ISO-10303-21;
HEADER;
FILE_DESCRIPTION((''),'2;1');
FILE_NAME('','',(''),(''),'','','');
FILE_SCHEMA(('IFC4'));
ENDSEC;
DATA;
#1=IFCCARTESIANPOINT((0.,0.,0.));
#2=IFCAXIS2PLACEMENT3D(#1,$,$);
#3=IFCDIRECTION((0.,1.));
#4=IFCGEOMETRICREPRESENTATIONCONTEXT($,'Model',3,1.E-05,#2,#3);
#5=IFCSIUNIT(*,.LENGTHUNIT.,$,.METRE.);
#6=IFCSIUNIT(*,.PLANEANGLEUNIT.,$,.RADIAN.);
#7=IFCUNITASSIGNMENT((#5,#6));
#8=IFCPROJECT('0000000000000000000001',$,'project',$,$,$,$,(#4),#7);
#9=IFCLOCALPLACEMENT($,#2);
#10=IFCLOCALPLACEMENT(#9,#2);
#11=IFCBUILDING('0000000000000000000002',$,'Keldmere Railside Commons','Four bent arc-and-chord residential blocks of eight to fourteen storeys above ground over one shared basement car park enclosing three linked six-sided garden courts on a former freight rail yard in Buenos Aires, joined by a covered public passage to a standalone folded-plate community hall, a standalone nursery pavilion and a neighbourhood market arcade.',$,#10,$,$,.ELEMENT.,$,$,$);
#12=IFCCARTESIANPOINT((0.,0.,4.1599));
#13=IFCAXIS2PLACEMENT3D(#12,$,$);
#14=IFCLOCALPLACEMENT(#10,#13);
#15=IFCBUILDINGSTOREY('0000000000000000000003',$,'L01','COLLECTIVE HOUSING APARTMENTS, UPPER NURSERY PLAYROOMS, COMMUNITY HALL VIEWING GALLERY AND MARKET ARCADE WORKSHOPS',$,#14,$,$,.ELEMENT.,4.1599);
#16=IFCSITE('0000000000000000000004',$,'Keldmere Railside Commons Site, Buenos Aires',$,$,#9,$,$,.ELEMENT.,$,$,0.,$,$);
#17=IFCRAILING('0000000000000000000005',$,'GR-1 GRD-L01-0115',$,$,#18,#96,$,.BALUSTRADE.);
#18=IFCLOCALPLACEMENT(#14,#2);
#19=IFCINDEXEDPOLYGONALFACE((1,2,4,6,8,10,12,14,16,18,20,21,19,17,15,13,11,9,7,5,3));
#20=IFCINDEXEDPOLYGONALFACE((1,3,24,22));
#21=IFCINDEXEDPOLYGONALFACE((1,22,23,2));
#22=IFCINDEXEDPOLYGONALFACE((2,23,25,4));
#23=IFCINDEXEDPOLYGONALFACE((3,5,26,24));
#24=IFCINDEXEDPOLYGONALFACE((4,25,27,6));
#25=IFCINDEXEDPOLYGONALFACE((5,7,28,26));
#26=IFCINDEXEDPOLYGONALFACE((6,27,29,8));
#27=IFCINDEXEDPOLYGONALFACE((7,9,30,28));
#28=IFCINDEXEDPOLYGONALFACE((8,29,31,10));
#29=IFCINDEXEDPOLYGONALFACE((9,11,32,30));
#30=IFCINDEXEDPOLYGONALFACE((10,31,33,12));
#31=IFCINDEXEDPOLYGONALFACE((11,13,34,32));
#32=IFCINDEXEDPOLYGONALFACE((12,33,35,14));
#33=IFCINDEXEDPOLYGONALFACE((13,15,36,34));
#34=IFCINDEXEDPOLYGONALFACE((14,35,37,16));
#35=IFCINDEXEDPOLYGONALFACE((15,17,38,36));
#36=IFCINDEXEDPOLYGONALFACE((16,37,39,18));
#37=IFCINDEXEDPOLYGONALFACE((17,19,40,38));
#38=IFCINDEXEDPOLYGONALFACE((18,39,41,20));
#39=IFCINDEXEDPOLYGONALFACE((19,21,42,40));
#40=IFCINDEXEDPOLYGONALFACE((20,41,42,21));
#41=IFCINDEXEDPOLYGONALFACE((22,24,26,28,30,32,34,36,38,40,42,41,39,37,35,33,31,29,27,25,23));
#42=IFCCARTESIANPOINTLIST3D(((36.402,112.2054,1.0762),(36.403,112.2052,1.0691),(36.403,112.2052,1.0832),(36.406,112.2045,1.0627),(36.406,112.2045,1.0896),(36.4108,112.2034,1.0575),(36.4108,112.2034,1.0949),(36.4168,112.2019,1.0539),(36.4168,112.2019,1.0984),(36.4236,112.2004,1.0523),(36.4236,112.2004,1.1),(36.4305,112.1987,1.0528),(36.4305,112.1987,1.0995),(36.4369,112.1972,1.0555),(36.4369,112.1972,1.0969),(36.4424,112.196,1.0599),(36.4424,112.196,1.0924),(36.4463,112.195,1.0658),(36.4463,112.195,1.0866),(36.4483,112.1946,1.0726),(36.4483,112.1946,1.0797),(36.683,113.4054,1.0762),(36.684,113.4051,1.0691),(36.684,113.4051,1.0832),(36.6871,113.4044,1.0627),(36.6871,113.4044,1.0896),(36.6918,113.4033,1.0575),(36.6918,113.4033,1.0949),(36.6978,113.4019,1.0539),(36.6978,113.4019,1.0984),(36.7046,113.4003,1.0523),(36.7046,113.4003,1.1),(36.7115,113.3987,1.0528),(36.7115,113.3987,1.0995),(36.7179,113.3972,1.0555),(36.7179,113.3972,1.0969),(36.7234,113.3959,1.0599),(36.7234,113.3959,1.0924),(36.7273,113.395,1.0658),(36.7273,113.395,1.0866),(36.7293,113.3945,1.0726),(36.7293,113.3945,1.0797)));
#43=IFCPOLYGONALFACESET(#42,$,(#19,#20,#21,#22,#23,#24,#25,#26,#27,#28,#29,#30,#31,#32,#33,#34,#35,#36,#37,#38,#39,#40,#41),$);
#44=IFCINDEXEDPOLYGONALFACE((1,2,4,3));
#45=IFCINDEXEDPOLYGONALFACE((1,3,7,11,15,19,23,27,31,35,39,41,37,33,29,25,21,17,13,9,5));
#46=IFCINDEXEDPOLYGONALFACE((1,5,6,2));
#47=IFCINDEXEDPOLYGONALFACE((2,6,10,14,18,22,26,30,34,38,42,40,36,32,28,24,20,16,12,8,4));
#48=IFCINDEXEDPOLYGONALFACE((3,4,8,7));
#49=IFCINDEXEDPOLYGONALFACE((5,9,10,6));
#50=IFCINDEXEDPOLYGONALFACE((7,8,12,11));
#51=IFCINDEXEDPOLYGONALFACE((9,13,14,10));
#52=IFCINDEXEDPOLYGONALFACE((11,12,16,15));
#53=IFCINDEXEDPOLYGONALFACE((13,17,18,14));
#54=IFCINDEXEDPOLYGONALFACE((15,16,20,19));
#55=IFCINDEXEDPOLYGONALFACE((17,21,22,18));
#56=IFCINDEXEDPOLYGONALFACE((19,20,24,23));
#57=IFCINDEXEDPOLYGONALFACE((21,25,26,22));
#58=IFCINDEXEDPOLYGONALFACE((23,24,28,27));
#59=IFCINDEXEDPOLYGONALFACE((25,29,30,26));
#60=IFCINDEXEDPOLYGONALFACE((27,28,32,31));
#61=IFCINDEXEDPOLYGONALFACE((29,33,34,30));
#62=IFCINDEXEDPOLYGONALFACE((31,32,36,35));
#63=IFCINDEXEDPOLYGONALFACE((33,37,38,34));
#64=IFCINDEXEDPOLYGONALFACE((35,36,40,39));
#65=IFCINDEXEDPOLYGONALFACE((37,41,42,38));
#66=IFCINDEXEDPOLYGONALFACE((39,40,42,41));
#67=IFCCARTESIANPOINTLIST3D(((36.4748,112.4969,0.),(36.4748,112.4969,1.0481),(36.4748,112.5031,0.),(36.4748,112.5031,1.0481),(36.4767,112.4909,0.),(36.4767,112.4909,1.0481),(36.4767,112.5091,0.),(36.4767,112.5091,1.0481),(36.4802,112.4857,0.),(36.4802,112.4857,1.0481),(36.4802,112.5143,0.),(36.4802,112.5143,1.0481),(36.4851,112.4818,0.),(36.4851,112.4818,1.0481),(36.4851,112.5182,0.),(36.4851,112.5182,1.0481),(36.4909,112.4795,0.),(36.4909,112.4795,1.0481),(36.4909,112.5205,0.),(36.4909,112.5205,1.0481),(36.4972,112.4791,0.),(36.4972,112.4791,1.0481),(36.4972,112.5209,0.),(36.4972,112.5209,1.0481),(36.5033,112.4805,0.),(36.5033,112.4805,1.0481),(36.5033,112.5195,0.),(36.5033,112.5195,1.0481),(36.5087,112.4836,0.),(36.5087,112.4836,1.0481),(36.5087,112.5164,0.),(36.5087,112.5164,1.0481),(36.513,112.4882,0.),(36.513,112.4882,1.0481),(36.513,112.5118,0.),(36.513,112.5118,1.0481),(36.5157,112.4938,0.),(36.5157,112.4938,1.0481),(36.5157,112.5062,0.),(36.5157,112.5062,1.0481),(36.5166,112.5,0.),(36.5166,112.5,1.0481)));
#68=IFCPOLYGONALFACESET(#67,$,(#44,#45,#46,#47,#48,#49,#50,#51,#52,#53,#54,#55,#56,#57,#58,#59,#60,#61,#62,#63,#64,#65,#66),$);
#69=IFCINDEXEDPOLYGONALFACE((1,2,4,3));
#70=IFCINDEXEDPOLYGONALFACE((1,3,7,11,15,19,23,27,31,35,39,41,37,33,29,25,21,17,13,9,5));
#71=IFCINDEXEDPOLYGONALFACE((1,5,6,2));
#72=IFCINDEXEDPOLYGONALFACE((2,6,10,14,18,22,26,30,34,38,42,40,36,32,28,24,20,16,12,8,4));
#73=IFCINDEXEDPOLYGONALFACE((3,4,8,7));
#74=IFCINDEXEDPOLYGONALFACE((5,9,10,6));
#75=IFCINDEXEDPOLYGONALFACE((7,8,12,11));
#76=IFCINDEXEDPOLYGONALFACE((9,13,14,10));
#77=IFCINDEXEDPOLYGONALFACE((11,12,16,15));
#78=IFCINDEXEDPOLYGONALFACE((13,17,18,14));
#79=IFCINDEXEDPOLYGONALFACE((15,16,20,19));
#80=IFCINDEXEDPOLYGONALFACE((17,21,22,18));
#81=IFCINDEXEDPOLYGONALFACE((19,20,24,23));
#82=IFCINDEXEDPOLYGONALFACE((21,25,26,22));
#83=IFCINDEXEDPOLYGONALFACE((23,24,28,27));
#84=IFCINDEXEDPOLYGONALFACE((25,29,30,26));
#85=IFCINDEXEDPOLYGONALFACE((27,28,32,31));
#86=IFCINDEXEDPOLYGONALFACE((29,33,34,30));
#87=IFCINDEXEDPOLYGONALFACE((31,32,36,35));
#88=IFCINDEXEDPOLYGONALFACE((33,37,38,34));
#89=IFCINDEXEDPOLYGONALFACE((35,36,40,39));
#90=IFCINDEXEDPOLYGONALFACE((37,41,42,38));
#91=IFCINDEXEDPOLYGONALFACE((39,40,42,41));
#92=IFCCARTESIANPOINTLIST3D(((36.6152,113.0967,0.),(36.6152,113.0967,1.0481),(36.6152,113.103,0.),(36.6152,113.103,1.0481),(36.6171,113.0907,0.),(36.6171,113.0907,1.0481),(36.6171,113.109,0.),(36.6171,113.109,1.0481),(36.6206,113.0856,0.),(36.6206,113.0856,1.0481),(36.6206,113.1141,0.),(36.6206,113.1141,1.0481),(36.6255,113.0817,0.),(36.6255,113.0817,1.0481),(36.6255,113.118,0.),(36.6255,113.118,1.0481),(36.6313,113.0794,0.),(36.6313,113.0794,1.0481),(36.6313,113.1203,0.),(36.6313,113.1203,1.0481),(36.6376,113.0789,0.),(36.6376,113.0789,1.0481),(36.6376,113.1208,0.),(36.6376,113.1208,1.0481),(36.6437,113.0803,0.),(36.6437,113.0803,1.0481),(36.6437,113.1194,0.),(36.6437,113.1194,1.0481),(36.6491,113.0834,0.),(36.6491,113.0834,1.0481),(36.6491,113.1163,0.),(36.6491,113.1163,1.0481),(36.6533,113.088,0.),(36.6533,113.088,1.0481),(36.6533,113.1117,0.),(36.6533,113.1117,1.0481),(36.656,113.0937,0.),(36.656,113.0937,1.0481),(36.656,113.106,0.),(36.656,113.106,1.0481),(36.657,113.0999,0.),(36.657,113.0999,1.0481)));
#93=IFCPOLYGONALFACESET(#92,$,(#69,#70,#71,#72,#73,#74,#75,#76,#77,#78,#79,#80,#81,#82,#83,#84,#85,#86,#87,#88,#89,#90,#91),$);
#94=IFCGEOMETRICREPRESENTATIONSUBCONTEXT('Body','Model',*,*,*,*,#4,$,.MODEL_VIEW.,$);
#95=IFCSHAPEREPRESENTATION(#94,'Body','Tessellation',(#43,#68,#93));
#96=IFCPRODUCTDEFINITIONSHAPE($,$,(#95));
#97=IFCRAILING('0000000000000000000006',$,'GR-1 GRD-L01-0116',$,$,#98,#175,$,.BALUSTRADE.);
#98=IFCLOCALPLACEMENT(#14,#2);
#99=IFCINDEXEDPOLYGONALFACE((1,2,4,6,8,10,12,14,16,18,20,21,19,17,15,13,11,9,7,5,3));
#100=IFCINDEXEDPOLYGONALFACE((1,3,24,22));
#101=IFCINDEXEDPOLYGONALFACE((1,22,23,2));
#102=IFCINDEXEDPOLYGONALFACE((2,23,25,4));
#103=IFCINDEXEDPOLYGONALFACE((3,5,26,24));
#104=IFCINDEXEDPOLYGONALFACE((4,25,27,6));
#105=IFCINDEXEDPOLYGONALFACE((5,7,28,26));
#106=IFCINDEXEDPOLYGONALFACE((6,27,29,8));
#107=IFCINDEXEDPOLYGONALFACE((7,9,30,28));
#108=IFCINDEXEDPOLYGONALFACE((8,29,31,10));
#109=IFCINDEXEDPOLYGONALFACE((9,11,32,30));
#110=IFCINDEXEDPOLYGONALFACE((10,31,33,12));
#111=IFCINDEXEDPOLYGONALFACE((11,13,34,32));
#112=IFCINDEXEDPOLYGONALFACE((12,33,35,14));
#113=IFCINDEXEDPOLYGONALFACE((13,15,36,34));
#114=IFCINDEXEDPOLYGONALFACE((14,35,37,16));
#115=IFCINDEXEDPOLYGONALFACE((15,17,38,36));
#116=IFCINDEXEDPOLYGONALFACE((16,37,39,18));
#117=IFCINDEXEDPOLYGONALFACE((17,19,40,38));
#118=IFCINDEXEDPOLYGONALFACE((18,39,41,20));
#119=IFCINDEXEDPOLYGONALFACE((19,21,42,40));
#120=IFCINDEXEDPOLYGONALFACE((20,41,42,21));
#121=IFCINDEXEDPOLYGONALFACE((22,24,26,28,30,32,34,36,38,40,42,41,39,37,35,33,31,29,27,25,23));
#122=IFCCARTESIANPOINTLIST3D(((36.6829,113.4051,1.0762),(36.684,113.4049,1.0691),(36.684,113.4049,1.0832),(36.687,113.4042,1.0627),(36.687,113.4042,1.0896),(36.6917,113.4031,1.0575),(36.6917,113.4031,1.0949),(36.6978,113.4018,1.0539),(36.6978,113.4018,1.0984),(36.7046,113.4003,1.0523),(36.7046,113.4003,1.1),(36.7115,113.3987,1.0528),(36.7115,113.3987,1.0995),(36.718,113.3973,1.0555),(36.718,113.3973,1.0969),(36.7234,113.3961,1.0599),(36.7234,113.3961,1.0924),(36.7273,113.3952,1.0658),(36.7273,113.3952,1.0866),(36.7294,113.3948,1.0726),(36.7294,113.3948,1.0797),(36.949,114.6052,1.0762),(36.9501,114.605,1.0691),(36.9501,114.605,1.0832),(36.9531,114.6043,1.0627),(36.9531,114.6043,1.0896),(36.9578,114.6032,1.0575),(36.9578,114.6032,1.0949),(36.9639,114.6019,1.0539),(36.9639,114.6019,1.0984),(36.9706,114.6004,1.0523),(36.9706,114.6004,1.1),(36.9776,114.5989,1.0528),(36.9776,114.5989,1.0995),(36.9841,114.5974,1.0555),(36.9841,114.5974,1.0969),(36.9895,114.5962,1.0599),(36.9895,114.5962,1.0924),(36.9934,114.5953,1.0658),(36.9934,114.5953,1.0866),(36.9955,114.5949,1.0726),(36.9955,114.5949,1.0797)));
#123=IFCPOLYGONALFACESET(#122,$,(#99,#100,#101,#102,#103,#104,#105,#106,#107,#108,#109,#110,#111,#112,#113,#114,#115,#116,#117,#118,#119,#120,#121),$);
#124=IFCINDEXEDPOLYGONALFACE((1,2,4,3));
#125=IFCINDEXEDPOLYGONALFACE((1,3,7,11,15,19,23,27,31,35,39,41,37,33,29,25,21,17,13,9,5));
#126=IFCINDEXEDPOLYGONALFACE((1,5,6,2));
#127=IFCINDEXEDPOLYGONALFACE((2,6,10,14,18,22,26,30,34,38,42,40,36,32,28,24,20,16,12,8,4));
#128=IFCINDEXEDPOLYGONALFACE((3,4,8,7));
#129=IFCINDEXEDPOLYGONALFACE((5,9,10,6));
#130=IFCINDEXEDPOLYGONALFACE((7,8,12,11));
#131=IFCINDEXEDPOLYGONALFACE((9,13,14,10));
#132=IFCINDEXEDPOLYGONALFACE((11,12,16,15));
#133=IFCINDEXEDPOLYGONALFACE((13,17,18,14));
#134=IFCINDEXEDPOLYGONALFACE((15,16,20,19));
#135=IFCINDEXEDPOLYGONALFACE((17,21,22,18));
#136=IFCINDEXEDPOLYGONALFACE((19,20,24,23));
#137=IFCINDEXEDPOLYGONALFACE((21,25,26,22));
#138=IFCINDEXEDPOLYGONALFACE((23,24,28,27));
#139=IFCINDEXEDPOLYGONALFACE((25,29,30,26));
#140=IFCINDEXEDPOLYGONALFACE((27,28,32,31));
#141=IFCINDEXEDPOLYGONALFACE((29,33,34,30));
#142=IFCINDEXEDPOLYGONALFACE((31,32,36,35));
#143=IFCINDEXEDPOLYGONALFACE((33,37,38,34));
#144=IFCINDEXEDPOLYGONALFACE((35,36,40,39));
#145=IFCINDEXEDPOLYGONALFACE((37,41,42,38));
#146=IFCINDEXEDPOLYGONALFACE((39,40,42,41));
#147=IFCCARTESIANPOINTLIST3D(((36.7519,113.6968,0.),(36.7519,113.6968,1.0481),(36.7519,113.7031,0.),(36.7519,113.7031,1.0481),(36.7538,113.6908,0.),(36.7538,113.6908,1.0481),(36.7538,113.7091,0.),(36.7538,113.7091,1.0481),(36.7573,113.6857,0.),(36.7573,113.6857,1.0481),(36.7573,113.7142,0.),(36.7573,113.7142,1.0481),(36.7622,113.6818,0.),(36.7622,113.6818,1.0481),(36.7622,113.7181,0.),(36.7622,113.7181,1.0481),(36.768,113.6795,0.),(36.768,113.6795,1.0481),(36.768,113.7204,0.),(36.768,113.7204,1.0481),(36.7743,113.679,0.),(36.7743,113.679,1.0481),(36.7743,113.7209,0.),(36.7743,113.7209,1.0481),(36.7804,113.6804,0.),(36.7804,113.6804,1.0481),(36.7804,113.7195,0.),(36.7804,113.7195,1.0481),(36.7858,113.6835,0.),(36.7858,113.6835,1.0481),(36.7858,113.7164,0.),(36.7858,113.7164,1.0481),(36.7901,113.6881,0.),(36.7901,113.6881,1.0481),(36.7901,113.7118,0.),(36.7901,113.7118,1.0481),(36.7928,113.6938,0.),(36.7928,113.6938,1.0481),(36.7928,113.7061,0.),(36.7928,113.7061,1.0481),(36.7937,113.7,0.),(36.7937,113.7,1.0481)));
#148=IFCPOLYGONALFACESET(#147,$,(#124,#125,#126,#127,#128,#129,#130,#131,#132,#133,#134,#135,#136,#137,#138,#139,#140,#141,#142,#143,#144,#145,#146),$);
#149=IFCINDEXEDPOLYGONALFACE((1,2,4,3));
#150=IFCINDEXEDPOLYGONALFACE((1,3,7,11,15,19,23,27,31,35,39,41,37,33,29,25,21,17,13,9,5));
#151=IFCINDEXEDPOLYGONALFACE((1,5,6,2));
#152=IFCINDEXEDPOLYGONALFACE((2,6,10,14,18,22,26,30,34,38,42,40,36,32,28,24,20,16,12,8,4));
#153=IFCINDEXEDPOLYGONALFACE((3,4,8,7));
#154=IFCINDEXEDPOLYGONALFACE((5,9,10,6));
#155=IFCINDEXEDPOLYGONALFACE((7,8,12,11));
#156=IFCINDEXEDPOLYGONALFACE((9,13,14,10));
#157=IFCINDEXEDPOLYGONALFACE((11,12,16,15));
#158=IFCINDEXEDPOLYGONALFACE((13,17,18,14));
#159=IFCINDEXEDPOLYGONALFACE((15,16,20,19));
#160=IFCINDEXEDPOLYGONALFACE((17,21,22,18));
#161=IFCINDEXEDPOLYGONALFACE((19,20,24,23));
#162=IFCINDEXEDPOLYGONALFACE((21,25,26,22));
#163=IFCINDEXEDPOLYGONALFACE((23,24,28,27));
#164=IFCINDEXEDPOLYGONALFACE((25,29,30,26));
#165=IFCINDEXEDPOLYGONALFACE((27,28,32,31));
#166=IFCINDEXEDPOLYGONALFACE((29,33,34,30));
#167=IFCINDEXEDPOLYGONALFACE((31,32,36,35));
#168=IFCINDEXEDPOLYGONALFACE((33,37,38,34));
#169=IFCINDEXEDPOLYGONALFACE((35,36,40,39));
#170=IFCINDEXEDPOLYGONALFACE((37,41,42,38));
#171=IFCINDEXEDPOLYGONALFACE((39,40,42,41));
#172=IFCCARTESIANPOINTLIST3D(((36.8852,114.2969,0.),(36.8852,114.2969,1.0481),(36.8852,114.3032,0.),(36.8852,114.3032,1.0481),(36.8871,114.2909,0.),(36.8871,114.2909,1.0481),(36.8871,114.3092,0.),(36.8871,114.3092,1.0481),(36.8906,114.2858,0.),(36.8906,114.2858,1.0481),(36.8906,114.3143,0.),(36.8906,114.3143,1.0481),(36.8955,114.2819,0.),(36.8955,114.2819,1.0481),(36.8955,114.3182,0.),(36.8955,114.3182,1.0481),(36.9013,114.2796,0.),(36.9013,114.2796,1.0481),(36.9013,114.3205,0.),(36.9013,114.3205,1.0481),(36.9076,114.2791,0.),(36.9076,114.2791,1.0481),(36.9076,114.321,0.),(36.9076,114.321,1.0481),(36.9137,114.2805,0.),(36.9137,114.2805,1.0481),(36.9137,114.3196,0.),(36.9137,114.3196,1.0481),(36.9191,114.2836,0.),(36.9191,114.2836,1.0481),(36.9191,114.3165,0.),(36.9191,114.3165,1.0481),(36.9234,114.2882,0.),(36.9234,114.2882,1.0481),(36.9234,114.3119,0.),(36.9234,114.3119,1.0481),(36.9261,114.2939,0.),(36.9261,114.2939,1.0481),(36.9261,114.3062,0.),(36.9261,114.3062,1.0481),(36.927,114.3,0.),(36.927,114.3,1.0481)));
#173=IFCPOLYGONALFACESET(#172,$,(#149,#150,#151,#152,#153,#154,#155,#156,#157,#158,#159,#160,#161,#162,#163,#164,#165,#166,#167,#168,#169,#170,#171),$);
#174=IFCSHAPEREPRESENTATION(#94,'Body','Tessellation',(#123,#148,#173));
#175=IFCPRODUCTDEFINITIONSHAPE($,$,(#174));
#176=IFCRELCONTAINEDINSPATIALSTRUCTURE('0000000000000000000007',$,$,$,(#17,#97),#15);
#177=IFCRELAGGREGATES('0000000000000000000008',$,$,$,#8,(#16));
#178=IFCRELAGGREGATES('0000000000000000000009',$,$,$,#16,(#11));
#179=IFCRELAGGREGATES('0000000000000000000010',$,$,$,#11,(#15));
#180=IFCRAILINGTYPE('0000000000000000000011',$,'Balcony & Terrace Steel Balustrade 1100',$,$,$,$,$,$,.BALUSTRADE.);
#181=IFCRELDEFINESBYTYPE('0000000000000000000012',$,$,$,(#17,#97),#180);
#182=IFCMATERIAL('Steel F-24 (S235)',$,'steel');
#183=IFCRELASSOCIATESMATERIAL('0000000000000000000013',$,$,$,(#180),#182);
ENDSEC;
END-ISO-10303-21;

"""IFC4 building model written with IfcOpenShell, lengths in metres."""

from ifc_helpers import new_model, si_unit, direction, frame, origin, origin_2d, place, context, subcontext, project, spatial, circle, extrude, material, type_object, element, save


model = new_model("IFC4")

# Units and contexts
model_context = context("Model", 3, precision=1e-05, world=origin(), true_north=direction((0.0, 1.0)))
body_context = subcontext(model_context, "Body", "Model", "MODEL_VIEW")
ifc_project = project(units=[si_unit("LENGTHUNIT", "METRE"), si_unit("PLANEANGLEUNIT", "RADIAN")], contexts=[model_context])

# Site, building, storey
site_placement = place(None, origin())
site = spatial("IfcSite", under=ifc_project, at=site_placement, Name="Keldmere Railside Commons Site, Buenos Aires", CompositionType="ELEMENT", RefElevation=0.0)
building_placement = place(site_placement, origin())
building = spatial("IfcBuilding", under=site, at=building_placement, Name="Keldmere Railside Commons", Description="Four bent arc-and-chord residential blocks of eight to fourteen storeys above ground over one shared basement car park enclosing three linked six-sided garden courts on a former freight rail yard in Buenos Aires, joined by a covered public passage to a standalone folded-plate community hall, a standalone nursery pavilion and a neighbourhood market arcade.", CompositionType="ELEMENT")
storey_placement = place(building_placement, frame((0.0, 0.0, 4.1599)))
storey = spatial("IfcBuildingStorey", under=building, at=storey_placement, Name="L01", Description="COLLECTIVE HOUSING APARTMENTS, UPPER NURSERY PLAYROOMS, COMMUNITY HALL VIEWING GALLERY AND MARKET ARCADE WORKSHOPS", CompositionType="ELEMENT", Elevation=4.1599)

# Railings
ifc_material_1 = material(Name="Steel F-24 (S235)", Category="steel")
railing_type = type_object("IfcRailingType", Name="Balcony & Terrace Steel Balustrade 1100", PredefinedType="BALUSTRADE", material=ifc_material_1)
railing_1_placement = place(storey_placement, frame((36.4253, 112.2, 0.0)))
element("IfcRailing", 1, at=railing_1_placement, inside=storey, type_object=railing_type, Name="GR-1 GRD-L01-0115", PredefinedType="BALUSTRADE", context=body_context, shape_type="SweptSolid", body=[
    extrude(circle(Radius=0.0239, at=origin_2d()), frame((0.0, 0.0, 1.0762), z_axis=(0.228012, 0.973658, 0.0), x_axis=(-0.973658, 0.228012, 0.0)), (0.0, 0.0, 1.0), 1.2324),
    extrude(circle(Radius=0.021, at=origin_2d()), frame((0.0703, 0.3, 0.0)), (0.0, 0.0, 1.0), 1.0481),
    extrude(circle(Radius=0.021, at=origin_2d()), frame((0.2107, 0.8999, 0.0)), (0.0, 0.0, 1.0), 1.0481),
])
railing_2_placement = place(storey_placement, frame((36.7063, 113.3999, 0.0)))
element("IfcRailing", 2, at=railing_2_placement, inside=storey, type_object=railing_type, Name="GR-1 GRD-L01-0116", PredefinedType="BALUSTRADE", context=body_context, shape_type="SweptSolid", body=[
    extrude(circle(Radius=0.0239, at=origin_2d()), frame((0.0, 0.0, 1.0762), z_axis=(0.216468, 0.97629, 0.0), x_axis=(-0.97629, 0.216468, 0.0)), (0.0, 0.0, 1.0), 1.2292),
    extrude(circle(Radius=0.021, at=origin_2d()), frame((0.0664, 0.3, 0.0)), (0.0, 0.0, 1.0), 1.0481),
    extrude(circle(Radius=0.021, at=origin_2d()), frame((0.1997, 0.9001, 0.0)), (0.0, 0.0, 1.0), 1.0481),
])

save(model, "model.ifc")
